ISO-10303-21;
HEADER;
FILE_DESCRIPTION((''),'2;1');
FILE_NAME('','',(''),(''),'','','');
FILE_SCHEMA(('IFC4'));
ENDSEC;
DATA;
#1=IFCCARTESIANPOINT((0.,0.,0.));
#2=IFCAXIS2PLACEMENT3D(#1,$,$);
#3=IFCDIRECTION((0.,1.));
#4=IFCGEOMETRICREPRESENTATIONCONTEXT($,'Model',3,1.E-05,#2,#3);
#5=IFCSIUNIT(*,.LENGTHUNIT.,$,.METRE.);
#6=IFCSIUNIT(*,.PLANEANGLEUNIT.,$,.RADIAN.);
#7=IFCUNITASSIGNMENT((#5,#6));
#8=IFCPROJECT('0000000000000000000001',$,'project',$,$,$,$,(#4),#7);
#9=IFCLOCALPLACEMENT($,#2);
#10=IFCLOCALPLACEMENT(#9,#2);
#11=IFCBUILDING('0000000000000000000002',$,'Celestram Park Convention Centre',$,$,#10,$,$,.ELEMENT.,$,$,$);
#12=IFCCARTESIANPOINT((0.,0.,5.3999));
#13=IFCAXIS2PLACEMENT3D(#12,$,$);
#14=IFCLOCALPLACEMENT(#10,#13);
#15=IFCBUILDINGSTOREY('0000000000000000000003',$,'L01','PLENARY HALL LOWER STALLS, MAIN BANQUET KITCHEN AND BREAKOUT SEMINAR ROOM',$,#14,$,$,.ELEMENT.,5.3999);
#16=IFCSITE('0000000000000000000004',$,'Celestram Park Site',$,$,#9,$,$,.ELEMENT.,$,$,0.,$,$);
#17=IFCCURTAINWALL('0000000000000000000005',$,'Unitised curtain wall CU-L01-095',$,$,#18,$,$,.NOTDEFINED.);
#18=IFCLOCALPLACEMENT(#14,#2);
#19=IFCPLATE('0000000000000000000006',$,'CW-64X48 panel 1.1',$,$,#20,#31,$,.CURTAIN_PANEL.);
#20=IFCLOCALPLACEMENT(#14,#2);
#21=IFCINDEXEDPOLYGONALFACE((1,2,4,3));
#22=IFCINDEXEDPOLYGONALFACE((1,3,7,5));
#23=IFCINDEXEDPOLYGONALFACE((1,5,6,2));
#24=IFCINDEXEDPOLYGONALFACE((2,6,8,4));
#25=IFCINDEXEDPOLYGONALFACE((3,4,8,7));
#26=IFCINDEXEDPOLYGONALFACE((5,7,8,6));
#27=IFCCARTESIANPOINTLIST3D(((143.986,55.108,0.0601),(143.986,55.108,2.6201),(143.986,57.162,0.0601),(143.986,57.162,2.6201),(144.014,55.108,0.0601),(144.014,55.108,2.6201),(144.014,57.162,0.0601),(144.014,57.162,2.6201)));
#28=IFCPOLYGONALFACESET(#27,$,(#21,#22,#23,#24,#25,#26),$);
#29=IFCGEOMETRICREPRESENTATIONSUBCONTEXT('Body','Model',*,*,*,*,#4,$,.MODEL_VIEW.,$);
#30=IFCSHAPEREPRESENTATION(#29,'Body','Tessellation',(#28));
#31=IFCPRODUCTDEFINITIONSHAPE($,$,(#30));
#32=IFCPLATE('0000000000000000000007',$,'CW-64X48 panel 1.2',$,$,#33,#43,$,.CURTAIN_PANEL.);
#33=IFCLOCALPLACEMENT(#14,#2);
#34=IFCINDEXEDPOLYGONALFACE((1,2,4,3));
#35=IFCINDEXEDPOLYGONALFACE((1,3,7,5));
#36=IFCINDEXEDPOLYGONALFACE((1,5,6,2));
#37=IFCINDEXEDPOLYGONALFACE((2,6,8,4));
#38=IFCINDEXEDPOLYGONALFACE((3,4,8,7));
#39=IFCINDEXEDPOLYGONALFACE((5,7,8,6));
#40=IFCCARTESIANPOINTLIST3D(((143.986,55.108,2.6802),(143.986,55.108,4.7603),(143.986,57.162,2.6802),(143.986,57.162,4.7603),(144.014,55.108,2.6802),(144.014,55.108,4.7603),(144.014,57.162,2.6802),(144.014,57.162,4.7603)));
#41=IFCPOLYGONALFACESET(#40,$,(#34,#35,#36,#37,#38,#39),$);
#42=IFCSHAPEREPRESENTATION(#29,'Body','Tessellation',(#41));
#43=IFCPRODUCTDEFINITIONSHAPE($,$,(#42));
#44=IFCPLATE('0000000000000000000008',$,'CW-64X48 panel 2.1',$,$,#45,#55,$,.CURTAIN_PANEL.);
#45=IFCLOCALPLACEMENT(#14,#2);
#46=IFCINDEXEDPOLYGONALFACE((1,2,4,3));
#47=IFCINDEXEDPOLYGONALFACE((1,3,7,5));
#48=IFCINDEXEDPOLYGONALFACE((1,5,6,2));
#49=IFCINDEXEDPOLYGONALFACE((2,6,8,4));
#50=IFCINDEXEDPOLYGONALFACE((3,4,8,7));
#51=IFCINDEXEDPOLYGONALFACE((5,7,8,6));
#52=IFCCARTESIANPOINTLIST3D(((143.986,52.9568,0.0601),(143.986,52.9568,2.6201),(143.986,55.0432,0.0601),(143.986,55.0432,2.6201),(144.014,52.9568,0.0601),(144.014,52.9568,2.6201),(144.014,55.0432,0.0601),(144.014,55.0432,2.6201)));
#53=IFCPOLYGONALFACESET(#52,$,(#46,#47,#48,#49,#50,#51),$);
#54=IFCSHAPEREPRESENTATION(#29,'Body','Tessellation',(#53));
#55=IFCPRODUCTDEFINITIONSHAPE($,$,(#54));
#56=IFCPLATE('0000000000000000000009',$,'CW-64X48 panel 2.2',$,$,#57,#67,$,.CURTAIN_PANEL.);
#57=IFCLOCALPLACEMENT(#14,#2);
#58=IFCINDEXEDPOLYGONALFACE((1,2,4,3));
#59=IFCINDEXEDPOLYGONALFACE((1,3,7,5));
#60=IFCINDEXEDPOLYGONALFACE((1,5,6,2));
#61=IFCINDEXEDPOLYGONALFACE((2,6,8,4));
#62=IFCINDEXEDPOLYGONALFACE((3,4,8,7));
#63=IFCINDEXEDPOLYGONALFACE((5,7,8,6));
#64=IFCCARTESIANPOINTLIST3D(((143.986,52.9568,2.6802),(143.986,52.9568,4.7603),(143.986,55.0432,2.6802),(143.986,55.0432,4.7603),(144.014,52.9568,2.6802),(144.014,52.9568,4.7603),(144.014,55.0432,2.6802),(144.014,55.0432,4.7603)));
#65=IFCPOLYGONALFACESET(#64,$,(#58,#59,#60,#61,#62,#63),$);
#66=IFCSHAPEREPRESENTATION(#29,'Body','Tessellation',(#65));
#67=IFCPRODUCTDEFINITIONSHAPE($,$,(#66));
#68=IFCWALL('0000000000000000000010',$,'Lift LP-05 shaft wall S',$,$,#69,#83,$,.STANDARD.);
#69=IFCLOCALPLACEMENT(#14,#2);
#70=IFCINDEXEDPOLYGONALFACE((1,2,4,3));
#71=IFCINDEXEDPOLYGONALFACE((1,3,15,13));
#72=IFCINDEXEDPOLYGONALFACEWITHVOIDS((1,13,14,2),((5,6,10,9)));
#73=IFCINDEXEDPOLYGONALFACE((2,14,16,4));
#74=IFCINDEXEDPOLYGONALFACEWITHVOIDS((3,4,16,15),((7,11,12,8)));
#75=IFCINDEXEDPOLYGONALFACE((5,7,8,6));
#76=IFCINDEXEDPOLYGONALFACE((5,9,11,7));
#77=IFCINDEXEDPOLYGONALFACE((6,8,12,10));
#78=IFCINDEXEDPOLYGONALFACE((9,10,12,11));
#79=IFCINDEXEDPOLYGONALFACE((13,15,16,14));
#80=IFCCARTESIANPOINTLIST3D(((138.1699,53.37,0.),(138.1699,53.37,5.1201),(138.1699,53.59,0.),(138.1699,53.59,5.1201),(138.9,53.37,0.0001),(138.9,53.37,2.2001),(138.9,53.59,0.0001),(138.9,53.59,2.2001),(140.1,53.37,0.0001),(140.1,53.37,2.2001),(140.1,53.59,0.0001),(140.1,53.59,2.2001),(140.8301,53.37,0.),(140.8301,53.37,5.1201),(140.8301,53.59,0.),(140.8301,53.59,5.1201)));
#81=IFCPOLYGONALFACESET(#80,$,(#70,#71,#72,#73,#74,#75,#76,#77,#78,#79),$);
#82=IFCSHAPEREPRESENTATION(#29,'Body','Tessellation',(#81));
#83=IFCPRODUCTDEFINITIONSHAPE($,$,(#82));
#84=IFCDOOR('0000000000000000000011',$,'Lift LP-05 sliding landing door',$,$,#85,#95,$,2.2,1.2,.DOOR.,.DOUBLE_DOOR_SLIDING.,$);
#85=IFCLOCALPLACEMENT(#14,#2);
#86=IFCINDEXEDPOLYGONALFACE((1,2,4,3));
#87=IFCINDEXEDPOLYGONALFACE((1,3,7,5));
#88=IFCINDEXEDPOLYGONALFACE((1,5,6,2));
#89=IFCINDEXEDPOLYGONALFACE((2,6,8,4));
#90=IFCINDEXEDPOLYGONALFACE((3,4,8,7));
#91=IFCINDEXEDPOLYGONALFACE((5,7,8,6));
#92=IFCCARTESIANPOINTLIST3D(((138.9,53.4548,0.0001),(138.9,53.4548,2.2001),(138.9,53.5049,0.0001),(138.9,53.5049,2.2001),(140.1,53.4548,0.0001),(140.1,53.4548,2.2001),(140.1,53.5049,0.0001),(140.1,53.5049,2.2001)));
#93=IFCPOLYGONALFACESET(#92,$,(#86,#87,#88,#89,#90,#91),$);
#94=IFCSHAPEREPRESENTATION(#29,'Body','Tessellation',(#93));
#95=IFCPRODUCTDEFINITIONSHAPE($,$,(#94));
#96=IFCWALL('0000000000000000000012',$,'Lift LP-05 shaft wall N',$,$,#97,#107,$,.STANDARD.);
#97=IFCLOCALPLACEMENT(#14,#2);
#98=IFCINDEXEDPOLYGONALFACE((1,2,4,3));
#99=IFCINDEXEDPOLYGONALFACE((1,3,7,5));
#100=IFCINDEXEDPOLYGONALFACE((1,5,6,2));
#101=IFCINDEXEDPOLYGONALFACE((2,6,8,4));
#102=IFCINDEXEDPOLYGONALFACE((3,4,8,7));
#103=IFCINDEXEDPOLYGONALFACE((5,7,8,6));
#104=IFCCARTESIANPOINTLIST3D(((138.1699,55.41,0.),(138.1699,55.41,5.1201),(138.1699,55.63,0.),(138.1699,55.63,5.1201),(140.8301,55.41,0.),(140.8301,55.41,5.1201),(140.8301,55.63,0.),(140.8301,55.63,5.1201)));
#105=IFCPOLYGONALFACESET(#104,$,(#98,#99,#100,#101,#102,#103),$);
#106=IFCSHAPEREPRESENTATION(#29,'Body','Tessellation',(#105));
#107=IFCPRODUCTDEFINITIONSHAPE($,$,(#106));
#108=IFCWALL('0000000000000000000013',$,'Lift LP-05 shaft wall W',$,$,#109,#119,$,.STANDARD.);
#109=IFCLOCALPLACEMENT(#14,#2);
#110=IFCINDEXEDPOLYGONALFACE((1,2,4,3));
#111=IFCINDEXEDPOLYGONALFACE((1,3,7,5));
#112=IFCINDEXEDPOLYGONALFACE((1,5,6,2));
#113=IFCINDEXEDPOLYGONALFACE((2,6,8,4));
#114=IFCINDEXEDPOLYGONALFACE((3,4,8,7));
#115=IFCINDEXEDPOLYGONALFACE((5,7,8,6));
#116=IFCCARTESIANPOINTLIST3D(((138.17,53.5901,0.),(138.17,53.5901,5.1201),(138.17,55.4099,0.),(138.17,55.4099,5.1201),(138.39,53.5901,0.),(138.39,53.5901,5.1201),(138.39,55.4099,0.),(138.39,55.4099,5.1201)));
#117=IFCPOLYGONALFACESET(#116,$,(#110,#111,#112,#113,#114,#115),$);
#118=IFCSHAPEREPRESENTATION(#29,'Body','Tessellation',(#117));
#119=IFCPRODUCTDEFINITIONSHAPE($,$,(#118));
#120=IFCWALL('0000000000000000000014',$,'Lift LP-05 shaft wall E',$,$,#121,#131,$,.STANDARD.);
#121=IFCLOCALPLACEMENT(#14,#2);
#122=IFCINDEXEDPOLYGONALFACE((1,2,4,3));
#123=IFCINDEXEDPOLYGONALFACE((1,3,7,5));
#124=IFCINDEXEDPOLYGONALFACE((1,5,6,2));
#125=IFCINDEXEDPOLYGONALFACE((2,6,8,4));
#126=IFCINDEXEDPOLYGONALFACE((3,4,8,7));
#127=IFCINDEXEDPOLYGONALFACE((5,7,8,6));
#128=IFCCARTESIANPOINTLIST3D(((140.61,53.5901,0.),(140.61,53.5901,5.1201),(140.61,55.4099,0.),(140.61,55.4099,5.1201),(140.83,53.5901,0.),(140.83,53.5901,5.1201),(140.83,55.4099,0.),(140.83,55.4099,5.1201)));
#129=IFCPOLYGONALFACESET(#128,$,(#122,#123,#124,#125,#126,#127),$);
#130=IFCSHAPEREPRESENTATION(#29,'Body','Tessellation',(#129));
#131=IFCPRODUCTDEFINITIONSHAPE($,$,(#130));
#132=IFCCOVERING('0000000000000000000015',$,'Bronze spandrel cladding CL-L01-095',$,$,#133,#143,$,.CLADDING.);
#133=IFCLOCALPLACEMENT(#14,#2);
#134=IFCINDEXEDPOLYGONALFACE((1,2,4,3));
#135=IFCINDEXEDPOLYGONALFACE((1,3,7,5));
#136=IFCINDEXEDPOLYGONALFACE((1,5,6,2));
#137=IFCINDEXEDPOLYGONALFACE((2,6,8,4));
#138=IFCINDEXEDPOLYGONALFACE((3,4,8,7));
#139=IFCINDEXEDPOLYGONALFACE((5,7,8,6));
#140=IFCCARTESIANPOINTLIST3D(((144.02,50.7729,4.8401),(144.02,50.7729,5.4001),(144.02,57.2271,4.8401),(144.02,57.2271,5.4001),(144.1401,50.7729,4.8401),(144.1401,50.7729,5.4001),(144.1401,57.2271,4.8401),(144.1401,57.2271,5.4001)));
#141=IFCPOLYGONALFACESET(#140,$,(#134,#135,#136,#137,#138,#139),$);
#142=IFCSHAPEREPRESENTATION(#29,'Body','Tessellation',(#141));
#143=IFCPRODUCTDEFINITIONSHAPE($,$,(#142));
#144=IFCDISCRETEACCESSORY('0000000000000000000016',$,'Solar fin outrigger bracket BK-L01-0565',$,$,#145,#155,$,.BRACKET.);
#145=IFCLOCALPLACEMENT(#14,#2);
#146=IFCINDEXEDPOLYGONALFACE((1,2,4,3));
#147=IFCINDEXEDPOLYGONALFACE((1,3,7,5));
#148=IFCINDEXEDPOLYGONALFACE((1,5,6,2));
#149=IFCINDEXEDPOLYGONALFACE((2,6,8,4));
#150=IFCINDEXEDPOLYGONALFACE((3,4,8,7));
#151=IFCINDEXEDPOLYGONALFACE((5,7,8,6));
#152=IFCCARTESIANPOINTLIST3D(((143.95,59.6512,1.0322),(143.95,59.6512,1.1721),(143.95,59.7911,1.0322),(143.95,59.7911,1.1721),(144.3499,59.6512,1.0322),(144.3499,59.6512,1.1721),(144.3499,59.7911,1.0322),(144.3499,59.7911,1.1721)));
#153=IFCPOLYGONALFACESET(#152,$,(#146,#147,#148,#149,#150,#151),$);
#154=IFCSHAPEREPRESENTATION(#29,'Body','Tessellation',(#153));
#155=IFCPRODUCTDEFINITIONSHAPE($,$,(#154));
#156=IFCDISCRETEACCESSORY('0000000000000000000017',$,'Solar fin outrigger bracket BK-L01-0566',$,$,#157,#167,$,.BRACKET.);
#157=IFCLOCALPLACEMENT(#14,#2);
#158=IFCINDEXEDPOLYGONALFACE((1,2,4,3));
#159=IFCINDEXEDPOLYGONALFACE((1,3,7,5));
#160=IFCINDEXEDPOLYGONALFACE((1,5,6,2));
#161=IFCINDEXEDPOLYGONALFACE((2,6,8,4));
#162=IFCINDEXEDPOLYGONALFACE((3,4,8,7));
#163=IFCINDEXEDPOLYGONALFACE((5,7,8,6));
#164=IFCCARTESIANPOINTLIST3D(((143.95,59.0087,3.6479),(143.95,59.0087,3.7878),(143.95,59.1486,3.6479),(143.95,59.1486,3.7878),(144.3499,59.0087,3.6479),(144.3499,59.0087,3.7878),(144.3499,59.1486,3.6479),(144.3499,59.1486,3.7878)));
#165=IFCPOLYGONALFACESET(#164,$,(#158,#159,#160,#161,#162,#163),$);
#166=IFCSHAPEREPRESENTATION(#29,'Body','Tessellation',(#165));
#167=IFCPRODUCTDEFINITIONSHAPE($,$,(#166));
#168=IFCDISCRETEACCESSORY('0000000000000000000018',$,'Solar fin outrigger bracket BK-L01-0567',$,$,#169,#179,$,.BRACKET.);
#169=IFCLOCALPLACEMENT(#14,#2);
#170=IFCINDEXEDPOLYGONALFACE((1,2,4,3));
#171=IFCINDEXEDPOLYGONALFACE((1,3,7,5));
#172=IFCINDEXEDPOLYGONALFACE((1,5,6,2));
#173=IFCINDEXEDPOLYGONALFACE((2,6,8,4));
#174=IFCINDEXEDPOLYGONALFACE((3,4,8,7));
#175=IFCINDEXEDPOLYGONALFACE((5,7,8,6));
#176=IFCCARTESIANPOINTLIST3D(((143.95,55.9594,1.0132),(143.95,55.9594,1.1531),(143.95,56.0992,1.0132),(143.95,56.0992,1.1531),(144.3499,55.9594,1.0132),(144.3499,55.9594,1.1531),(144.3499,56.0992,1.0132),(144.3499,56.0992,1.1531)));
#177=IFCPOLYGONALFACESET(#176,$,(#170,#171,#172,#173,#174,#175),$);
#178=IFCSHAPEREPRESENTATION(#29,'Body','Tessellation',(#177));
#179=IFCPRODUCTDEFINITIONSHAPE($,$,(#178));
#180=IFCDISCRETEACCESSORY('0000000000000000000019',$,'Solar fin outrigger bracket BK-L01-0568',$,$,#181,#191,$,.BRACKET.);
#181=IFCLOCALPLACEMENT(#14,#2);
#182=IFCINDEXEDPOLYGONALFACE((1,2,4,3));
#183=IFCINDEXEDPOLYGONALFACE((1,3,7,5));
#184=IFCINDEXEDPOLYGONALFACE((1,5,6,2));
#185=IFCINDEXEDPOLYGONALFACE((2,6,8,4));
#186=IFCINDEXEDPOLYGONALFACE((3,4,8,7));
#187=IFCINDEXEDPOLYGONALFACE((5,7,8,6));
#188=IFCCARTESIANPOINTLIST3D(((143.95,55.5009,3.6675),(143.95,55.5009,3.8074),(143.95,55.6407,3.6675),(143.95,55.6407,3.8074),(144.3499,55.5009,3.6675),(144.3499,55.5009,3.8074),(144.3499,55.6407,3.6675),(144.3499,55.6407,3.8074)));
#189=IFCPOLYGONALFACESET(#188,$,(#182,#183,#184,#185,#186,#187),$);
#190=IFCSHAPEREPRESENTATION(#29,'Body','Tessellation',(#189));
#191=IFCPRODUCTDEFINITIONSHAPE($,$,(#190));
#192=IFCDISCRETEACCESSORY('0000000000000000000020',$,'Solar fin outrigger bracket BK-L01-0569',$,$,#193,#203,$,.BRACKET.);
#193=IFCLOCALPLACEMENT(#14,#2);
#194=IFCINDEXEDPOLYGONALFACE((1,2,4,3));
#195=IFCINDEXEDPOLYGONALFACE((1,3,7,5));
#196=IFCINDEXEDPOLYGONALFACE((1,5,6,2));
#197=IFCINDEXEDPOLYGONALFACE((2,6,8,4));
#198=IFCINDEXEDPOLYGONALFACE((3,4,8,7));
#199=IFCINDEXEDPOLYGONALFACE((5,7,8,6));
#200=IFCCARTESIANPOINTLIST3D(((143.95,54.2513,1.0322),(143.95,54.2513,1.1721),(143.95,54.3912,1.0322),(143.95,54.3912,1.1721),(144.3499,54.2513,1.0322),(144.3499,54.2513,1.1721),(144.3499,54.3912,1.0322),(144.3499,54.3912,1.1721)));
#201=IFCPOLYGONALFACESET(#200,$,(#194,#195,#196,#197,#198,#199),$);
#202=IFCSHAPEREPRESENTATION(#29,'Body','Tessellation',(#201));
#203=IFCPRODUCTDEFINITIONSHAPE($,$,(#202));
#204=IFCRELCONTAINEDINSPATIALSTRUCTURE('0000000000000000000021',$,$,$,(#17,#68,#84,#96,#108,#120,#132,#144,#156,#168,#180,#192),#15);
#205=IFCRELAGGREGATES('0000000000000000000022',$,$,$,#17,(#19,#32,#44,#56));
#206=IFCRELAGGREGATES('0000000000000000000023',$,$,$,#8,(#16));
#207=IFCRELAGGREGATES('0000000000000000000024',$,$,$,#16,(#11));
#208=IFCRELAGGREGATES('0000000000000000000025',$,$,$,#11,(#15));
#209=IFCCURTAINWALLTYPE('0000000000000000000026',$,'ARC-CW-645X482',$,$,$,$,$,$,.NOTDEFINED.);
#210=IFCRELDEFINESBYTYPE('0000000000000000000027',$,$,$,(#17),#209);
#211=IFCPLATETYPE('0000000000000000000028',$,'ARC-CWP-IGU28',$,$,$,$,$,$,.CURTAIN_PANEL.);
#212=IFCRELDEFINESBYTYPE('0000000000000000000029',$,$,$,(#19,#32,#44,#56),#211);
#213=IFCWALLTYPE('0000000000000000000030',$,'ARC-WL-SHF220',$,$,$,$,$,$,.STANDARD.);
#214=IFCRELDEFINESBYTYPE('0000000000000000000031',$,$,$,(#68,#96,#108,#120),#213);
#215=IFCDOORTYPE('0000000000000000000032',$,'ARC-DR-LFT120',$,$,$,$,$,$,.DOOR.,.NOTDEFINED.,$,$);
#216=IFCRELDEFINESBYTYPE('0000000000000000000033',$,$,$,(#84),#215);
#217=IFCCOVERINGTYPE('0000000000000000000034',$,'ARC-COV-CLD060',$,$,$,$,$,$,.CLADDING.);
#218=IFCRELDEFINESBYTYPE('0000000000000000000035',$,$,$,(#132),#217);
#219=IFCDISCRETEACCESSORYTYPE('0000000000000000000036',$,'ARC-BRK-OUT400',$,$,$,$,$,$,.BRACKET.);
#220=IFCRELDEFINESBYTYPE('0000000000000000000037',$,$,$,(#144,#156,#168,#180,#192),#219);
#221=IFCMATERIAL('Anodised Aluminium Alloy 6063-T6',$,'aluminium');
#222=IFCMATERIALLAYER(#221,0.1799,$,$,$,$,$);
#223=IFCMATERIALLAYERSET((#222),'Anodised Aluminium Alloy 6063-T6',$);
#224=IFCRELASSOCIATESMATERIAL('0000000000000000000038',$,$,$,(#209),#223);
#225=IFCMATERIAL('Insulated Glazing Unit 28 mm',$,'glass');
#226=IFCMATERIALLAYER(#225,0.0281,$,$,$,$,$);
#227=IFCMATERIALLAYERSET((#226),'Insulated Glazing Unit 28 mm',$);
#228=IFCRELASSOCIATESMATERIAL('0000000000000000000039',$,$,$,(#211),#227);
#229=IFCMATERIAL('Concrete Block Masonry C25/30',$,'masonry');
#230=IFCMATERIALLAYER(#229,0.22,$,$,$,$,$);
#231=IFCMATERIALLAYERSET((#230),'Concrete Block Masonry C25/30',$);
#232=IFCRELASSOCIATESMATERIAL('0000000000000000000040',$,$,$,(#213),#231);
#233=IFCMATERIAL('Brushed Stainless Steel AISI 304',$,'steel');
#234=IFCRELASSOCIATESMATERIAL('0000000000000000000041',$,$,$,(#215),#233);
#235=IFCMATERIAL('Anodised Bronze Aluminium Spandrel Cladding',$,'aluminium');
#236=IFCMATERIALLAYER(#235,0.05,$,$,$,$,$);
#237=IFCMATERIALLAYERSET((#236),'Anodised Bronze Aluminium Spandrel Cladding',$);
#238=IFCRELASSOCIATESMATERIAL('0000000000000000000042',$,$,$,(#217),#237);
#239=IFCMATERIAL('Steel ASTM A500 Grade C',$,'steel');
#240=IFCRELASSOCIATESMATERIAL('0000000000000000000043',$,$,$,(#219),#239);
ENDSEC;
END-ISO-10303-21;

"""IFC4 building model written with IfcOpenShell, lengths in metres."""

from ifc_helpers import new_model, si_unit, direction, frame, frame_2d, origin, origin_2d, place, context, subcontext, project, spatial, rectangle, extrude, material, layer, layer_set, type_object, element, fill, aggregate, save


model = new_model("IFC4")

# Units and contexts
model_context = context("Model", 3, precision=1e-05, world=origin(), true_north=direction((0.0, 1.0)))
body_context = subcontext(model_context, "Body", "Model", "MODEL_VIEW")
ifc_project = project(units=[si_unit("LENGTHUNIT", "METRE"), si_unit("PLANEANGLEUNIT", "RADIAN")], contexts=[model_context])

# Site, building, storey
site_placement = place(None, origin())
site = spatial("IfcSite", under=ifc_project, at=site_placement, Name="Celestram Park Site", CompositionType="ELEMENT", RefElevation=0.0)
building_placement = place(site_placement, origin())
building = spatial("IfcBuilding", under=site, at=building_placement, Name="Celestram Park Convention Centre", CompositionType="ELEMENT")
storey_placement = place(building_placement, frame((0.0, 0.0, 5.3999)))
storey = spatial("IfcBuildingStorey", under=building, at=storey_placement, Name="L01", Description="PLENARY HALL LOWER STALLS, MAIN BANQUET KITCHEN AND BREAKOUT SEMINAR ROOM", CompositionType="ELEMENT", Elevation=5.3999)

# Curtain wall
ifc_material_1 = material(Name="Anodised Aluminium Alloy 6063-T6", Category="aluminium")
ifc_layer_1 = layer(ifc_material_1, 0.1799)
ifc_layer_set_1 = layer_set([ifc_layer_1], Name="Anodised Aluminium Alloy 6063-T6")
curtain_wall_type = type_object("IfcCurtainWallType", Name="ARC-CW-645X482", PredefinedType="NOTDEFINED", material=ifc_layer_set_1)
curtain_wall_1_placement = place(storey_placement, origin())
curtain_wall_1 = element("IfcCurtainWall", 1, at=curtain_wall_1_placement, inside=storey, type_object=curtain_wall_type, Name="Unitised curtain wall CU-L01-095", PredefinedType="NOTDEFINED")

# Shared definitions
ifc_material_2 = material(Name="Steel ASTM A500 Grade C", Category="steel")

# Plates
ifc_material_3 = material(Name="Insulated Glazing Unit 28 mm", Category="glass")
ifc_layer_2 = layer(ifc_material_3, 0.0281)
ifc_layer_set_2 = layer_set([ifc_layer_2], Name="Insulated Glazing Unit 28 mm")
plate_type = type_object("IfcPlateType", Name="ARC-CWP-IGU28", PredefinedType="CURTAIN_PANEL", material=ifc_layer_set_2)
plate_1_placement = place(storey_placement, frame((144.0, 56.135, 0.0601), z_axis=(0.0, 0.0, 1.0), x_axis=(0.0, -1.0, 0.0)))
plate_1 = element("IfcPlate", 2, at=plate_1_placement, type_object=plate_type, Name="CW-64X48 panel 1.1", PredefinedType="CURTAIN_PANEL", context=body_context, shape_type="SweptSolid", body=[
    extrude(rectangle(XDim=2.054, YDim=0.0281, at=origin_2d()), origin(), (0.0, 0.0, 1.0), 2.5601),
])
plate_2_placement = place(storey_placement, frame((144.0, 56.135, 2.6802), z_axis=(0.0, 0.0, 1.0), x_axis=(0.0, -1.0, 0.0)))
plate_2 = element("IfcPlate", 3, at=plate_2_placement, type_object=plate_type, Name="CW-64X48 panel 1.2", PredefinedType="CURTAIN_PANEL", context=body_context, shape_type="SweptSolid", body=[
    extrude(rectangle(XDim=2.054, YDim=0.0281, at=origin_2d()), origin(), (0.0, 0.0, 1.0), 2.0801),
])
plate_3_placement = place(storey_placement, frame((144.0, 54.0, 0.0601), z_axis=(0.0, 0.0, 1.0), x_axis=(0.0, -1.0, 0.0)))
plate_3 = element("IfcPlate", 4, at=plate_3_placement, type_object=plate_type, Name="CW-64X48 panel 2.1", PredefinedType="CURTAIN_PANEL", context=body_context, shape_type="SweptSolid", body=[
    extrude(rectangle(XDim=2.0864, YDim=0.0281, at=origin_2d()), origin(), (0.0, 0.0, 1.0), 2.5601),
])
plate_4_placement = place(storey_placement, frame((144.0, 54.0, 2.6802), z_axis=(0.0, 0.0, 1.0), x_axis=(0.0, -1.0, 0.0)))
plate_4 = element("IfcPlate", 5, at=plate_4_placement, type_object=plate_type, Name="CW-64X48 panel 2.2", PredefinedType="CURTAIN_PANEL", context=body_context, shape_type="SweptSolid", body=[
    extrude(rectangle(XDim=2.0864, YDim=0.0281, at=origin_2d()), origin(), (0.0, 0.0, 1.0), 2.0801),
])
aggregate(curtain_wall_1, [plate_1, plate_2, plate_3, plate_4])

# Wall, opening, door
ifc_material_4 = material(Name="Concrete Block Masonry C25/30", Category="masonry")
ifc_layer_3 = layer(ifc_material_4, 0.22)
ifc_layer_set_3 = layer_set([ifc_layer_3], Name="Concrete Block Masonry C25/30")
wall_type = type_object("IfcWallType", Name="ARC-WL-SHF220", PredefinedType="STANDARD", material=ifc_layer_set_3)
wall_1_placement = place(storey_placement, frame((138.1699, 53.48, 0.0), z_axis=(0.0, 0.0, 1.0), x_axis=(1.0, 0.0, 0.0)))
wall_1 = element("IfcWall", 6, at=wall_1_placement, inside=storey, type_object=wall_type, Name="Lift LP-05 shaft wall S", PredefinedType="STANDARD", context=body_context, shape_type="SweptSolid", body=[
    extrude(rectangle(XDim=2.6602, YDim=0.22, at=frame_2d((1.3301, 0.0))), origin(), (0.0, 0.0, 1.0), 5.1201),
])
opening_placement = place(wall_1_placement, frame((0.73, 0.0, 0.0)))
opening = element("IfcOpeningElement", 7, at=opening_placement, cuts=wall_1, PredefinedType="OPENING", context=body_context, shape_type="SweptSolid", body=[
    extrude(rectangle(XDim=1.2, YDim=2.2, at=frame_2d((0.6001, 1.1001))), frame((0.0, 0.1199, 0.0), z_axis=(0.0, -1.0, 0.0), x_axis=(1.0, 0.0, 0.0)), (0.0, 0.0, 1.0), 0.24),
])
ifc_material_5 = material(Name="Brushed Stainless Steel AISI 304", Category="steel")
door_type = type_object("IfcDoorType", Name="ARC-DR-LFT120", OperationType="NOTDEFINED", PredefinedType="DOOR", material=ifc_material_5)
door_placement = place(opening_placement, origin())
door = element("IfcDoor", 8, at=door_placement, inside=storey, type_object=door_type, Name="Lift LP-05 sliding landing door", OperationType="DOUBLE_DOOR_SLIDING", OverallHeight=2.2, OverallWidth=1.2, PredefinedType="DOOR", context=body_context, shape_type="SweptSolid", body=[
    extrude(rectangle(XDim=1.2, YDim=2.2, at=frame_2d((0.6001, 1.1001))), frame((0.0, 0.0249, 0.0), z_axis=(0.0, -1.0, 0.0), x_axis=(1.0, 0.0, 0.0)), (0.0, 0.0, 1.0), 0.05),
])
fill(opening, door)

# Walls
wall_2_placement = place(storey_placement, frame((140.8301, 55.52, 0.0), z_axis=(0.0, 0.0, 1.0), x_axis=(-1.0, 0.0, 0.0)))
element("IfcWall", 9, at=wall_2_placement, inside=storey, type_object=wall_type, Name="Lift LP-05 shaft wall N", PredefinedType="STANDARD", context=body_context, shape_type="SweptSolid", body=[
    extrude(rectangle(XDim=2.6602, YDim=0.22, at=frame_2d((1.3301, 0.0))), origin(), (0.0, 0.0, 1.0), 5.1201),
])
for number, where, z_axis, x_axis, name in (
    (10, (138.28, 55.4099, 0.0), (0.0, 0.0, 1.0), (0.0, -1.0, 0.0), "Lift LP-05 shaft wall W"),
    (11, (140.72, 53.5901, 0.0), (0.0, 0.0, 1.0), (0.0, 1.0, 0.0), "Lift LP-05 shaft wall E"),
):
    element("IfcWall", number, at=place(storey_placement, frame(where, z_axis=z_axis, x_axis=x_axis)), inside=storey, type_object=wall_type, Name=name, PredefinedType="STANDARD", context=body_context, shape_type="SweptSolid", body=[
        extrude(rectangle(XDim=1.8198, YDim=0.22, at=frame_2d((0.9099, 0.0))), origin(), (0.0, 0.0, 1.0), 5.1201),
    ])

# Covering
ifc_material_6 = material(Name="Anodised Bronze Aluminium Spandrel Cladding", Category="aluminium")
ifc_layer_4 = layer(ifc_material_6, 0.05)
ifc_layer_set_4 = layer_set([ifc_layer_4], Name="Anodised Bronze Aluminium Spandrel Cladding")
covering_type = type_object("IfcCoveringType", Name="ARC-COV-CLD060", PredefinedType="CLADDING", material=ifc_layer_set_4)
covering_placement = place(storey_placement, frame((144.0801, 54.0, 4.8401), z_axis=(0.0, 0.0, 1.0), x_axis=(0.0, -1.0, 0.0)))
element("IfcCovering", 12, at=covering_placement, inside=storey, type_object=covering_type, Name="Bronze spandrel cladding CL-L01-095", PredefinedType="CLADDING", context=body_context, shape_type="SweptSolid", body=[
    extrude(rectangle(XDim=6.4541, YDim=0.1201, at=origin_2d()), origin(), (0.0, 0.0, 1.0), 0.5601),
])

# Discrete accessories
discrete_accessory_type = type_object("IfcDiscreteAccessoryType", Name="ARC-BRK-OUT400", PredefinedType="BRACKET", material=ifc_material_2)
for number, where, z_axis, x_axis, name in (
    (13, (144.1499, 59.7212, 1.0322), (0.0, 0.0, 1.0), (1.0, 0.0, 0.0), "Solar fin outrigger bracket BK-L01-0565"),
    (14, (144.1499, 59.0786, 3.6479), (0.0, 0.0, 1.0), (1.0, 0.0, 0.0), "Solar fin outrigger bracket BK-L01-0566"),
    (15, (144.1499, 56.0293, 1.0132), (0.0, 0.0, 1.0), (1.0, 0.0, 0.0), "Solar fin outrigger bracket BK-L01-0567"),
    (16, (144.1499, 55.5708, 3.6675), (0.0, 0.0, 1.0), (1.0, 0.0, 0.0), "Solar fin outrigger bracket BK-L01-0568"),
    (17, (144.1499, 54.3213, 1.0322), (0.0, 0.0, 1.0), (1.0, 0.0, 0.0), "Solar fin outrigger bracket BK-L01-0569"),
):
    element("IfcDiscreteAccessory", number, at=place(storey_placement, frame(where, z_axis=z_axis, x_axis=x_axis)), inside=storey, type_object=discrete_accessory_type, Name=name, PredefinedType="BRACKET", context=body_context, shape_type="SweptSolid", body=[
        extrude(rectangle(XDim=0.3999, YDim=0.1399, at=origin_2d()), origin(), (0.0, 0.0, 1.0), 0.1399),
    ])

save(model, "model.ifc")
